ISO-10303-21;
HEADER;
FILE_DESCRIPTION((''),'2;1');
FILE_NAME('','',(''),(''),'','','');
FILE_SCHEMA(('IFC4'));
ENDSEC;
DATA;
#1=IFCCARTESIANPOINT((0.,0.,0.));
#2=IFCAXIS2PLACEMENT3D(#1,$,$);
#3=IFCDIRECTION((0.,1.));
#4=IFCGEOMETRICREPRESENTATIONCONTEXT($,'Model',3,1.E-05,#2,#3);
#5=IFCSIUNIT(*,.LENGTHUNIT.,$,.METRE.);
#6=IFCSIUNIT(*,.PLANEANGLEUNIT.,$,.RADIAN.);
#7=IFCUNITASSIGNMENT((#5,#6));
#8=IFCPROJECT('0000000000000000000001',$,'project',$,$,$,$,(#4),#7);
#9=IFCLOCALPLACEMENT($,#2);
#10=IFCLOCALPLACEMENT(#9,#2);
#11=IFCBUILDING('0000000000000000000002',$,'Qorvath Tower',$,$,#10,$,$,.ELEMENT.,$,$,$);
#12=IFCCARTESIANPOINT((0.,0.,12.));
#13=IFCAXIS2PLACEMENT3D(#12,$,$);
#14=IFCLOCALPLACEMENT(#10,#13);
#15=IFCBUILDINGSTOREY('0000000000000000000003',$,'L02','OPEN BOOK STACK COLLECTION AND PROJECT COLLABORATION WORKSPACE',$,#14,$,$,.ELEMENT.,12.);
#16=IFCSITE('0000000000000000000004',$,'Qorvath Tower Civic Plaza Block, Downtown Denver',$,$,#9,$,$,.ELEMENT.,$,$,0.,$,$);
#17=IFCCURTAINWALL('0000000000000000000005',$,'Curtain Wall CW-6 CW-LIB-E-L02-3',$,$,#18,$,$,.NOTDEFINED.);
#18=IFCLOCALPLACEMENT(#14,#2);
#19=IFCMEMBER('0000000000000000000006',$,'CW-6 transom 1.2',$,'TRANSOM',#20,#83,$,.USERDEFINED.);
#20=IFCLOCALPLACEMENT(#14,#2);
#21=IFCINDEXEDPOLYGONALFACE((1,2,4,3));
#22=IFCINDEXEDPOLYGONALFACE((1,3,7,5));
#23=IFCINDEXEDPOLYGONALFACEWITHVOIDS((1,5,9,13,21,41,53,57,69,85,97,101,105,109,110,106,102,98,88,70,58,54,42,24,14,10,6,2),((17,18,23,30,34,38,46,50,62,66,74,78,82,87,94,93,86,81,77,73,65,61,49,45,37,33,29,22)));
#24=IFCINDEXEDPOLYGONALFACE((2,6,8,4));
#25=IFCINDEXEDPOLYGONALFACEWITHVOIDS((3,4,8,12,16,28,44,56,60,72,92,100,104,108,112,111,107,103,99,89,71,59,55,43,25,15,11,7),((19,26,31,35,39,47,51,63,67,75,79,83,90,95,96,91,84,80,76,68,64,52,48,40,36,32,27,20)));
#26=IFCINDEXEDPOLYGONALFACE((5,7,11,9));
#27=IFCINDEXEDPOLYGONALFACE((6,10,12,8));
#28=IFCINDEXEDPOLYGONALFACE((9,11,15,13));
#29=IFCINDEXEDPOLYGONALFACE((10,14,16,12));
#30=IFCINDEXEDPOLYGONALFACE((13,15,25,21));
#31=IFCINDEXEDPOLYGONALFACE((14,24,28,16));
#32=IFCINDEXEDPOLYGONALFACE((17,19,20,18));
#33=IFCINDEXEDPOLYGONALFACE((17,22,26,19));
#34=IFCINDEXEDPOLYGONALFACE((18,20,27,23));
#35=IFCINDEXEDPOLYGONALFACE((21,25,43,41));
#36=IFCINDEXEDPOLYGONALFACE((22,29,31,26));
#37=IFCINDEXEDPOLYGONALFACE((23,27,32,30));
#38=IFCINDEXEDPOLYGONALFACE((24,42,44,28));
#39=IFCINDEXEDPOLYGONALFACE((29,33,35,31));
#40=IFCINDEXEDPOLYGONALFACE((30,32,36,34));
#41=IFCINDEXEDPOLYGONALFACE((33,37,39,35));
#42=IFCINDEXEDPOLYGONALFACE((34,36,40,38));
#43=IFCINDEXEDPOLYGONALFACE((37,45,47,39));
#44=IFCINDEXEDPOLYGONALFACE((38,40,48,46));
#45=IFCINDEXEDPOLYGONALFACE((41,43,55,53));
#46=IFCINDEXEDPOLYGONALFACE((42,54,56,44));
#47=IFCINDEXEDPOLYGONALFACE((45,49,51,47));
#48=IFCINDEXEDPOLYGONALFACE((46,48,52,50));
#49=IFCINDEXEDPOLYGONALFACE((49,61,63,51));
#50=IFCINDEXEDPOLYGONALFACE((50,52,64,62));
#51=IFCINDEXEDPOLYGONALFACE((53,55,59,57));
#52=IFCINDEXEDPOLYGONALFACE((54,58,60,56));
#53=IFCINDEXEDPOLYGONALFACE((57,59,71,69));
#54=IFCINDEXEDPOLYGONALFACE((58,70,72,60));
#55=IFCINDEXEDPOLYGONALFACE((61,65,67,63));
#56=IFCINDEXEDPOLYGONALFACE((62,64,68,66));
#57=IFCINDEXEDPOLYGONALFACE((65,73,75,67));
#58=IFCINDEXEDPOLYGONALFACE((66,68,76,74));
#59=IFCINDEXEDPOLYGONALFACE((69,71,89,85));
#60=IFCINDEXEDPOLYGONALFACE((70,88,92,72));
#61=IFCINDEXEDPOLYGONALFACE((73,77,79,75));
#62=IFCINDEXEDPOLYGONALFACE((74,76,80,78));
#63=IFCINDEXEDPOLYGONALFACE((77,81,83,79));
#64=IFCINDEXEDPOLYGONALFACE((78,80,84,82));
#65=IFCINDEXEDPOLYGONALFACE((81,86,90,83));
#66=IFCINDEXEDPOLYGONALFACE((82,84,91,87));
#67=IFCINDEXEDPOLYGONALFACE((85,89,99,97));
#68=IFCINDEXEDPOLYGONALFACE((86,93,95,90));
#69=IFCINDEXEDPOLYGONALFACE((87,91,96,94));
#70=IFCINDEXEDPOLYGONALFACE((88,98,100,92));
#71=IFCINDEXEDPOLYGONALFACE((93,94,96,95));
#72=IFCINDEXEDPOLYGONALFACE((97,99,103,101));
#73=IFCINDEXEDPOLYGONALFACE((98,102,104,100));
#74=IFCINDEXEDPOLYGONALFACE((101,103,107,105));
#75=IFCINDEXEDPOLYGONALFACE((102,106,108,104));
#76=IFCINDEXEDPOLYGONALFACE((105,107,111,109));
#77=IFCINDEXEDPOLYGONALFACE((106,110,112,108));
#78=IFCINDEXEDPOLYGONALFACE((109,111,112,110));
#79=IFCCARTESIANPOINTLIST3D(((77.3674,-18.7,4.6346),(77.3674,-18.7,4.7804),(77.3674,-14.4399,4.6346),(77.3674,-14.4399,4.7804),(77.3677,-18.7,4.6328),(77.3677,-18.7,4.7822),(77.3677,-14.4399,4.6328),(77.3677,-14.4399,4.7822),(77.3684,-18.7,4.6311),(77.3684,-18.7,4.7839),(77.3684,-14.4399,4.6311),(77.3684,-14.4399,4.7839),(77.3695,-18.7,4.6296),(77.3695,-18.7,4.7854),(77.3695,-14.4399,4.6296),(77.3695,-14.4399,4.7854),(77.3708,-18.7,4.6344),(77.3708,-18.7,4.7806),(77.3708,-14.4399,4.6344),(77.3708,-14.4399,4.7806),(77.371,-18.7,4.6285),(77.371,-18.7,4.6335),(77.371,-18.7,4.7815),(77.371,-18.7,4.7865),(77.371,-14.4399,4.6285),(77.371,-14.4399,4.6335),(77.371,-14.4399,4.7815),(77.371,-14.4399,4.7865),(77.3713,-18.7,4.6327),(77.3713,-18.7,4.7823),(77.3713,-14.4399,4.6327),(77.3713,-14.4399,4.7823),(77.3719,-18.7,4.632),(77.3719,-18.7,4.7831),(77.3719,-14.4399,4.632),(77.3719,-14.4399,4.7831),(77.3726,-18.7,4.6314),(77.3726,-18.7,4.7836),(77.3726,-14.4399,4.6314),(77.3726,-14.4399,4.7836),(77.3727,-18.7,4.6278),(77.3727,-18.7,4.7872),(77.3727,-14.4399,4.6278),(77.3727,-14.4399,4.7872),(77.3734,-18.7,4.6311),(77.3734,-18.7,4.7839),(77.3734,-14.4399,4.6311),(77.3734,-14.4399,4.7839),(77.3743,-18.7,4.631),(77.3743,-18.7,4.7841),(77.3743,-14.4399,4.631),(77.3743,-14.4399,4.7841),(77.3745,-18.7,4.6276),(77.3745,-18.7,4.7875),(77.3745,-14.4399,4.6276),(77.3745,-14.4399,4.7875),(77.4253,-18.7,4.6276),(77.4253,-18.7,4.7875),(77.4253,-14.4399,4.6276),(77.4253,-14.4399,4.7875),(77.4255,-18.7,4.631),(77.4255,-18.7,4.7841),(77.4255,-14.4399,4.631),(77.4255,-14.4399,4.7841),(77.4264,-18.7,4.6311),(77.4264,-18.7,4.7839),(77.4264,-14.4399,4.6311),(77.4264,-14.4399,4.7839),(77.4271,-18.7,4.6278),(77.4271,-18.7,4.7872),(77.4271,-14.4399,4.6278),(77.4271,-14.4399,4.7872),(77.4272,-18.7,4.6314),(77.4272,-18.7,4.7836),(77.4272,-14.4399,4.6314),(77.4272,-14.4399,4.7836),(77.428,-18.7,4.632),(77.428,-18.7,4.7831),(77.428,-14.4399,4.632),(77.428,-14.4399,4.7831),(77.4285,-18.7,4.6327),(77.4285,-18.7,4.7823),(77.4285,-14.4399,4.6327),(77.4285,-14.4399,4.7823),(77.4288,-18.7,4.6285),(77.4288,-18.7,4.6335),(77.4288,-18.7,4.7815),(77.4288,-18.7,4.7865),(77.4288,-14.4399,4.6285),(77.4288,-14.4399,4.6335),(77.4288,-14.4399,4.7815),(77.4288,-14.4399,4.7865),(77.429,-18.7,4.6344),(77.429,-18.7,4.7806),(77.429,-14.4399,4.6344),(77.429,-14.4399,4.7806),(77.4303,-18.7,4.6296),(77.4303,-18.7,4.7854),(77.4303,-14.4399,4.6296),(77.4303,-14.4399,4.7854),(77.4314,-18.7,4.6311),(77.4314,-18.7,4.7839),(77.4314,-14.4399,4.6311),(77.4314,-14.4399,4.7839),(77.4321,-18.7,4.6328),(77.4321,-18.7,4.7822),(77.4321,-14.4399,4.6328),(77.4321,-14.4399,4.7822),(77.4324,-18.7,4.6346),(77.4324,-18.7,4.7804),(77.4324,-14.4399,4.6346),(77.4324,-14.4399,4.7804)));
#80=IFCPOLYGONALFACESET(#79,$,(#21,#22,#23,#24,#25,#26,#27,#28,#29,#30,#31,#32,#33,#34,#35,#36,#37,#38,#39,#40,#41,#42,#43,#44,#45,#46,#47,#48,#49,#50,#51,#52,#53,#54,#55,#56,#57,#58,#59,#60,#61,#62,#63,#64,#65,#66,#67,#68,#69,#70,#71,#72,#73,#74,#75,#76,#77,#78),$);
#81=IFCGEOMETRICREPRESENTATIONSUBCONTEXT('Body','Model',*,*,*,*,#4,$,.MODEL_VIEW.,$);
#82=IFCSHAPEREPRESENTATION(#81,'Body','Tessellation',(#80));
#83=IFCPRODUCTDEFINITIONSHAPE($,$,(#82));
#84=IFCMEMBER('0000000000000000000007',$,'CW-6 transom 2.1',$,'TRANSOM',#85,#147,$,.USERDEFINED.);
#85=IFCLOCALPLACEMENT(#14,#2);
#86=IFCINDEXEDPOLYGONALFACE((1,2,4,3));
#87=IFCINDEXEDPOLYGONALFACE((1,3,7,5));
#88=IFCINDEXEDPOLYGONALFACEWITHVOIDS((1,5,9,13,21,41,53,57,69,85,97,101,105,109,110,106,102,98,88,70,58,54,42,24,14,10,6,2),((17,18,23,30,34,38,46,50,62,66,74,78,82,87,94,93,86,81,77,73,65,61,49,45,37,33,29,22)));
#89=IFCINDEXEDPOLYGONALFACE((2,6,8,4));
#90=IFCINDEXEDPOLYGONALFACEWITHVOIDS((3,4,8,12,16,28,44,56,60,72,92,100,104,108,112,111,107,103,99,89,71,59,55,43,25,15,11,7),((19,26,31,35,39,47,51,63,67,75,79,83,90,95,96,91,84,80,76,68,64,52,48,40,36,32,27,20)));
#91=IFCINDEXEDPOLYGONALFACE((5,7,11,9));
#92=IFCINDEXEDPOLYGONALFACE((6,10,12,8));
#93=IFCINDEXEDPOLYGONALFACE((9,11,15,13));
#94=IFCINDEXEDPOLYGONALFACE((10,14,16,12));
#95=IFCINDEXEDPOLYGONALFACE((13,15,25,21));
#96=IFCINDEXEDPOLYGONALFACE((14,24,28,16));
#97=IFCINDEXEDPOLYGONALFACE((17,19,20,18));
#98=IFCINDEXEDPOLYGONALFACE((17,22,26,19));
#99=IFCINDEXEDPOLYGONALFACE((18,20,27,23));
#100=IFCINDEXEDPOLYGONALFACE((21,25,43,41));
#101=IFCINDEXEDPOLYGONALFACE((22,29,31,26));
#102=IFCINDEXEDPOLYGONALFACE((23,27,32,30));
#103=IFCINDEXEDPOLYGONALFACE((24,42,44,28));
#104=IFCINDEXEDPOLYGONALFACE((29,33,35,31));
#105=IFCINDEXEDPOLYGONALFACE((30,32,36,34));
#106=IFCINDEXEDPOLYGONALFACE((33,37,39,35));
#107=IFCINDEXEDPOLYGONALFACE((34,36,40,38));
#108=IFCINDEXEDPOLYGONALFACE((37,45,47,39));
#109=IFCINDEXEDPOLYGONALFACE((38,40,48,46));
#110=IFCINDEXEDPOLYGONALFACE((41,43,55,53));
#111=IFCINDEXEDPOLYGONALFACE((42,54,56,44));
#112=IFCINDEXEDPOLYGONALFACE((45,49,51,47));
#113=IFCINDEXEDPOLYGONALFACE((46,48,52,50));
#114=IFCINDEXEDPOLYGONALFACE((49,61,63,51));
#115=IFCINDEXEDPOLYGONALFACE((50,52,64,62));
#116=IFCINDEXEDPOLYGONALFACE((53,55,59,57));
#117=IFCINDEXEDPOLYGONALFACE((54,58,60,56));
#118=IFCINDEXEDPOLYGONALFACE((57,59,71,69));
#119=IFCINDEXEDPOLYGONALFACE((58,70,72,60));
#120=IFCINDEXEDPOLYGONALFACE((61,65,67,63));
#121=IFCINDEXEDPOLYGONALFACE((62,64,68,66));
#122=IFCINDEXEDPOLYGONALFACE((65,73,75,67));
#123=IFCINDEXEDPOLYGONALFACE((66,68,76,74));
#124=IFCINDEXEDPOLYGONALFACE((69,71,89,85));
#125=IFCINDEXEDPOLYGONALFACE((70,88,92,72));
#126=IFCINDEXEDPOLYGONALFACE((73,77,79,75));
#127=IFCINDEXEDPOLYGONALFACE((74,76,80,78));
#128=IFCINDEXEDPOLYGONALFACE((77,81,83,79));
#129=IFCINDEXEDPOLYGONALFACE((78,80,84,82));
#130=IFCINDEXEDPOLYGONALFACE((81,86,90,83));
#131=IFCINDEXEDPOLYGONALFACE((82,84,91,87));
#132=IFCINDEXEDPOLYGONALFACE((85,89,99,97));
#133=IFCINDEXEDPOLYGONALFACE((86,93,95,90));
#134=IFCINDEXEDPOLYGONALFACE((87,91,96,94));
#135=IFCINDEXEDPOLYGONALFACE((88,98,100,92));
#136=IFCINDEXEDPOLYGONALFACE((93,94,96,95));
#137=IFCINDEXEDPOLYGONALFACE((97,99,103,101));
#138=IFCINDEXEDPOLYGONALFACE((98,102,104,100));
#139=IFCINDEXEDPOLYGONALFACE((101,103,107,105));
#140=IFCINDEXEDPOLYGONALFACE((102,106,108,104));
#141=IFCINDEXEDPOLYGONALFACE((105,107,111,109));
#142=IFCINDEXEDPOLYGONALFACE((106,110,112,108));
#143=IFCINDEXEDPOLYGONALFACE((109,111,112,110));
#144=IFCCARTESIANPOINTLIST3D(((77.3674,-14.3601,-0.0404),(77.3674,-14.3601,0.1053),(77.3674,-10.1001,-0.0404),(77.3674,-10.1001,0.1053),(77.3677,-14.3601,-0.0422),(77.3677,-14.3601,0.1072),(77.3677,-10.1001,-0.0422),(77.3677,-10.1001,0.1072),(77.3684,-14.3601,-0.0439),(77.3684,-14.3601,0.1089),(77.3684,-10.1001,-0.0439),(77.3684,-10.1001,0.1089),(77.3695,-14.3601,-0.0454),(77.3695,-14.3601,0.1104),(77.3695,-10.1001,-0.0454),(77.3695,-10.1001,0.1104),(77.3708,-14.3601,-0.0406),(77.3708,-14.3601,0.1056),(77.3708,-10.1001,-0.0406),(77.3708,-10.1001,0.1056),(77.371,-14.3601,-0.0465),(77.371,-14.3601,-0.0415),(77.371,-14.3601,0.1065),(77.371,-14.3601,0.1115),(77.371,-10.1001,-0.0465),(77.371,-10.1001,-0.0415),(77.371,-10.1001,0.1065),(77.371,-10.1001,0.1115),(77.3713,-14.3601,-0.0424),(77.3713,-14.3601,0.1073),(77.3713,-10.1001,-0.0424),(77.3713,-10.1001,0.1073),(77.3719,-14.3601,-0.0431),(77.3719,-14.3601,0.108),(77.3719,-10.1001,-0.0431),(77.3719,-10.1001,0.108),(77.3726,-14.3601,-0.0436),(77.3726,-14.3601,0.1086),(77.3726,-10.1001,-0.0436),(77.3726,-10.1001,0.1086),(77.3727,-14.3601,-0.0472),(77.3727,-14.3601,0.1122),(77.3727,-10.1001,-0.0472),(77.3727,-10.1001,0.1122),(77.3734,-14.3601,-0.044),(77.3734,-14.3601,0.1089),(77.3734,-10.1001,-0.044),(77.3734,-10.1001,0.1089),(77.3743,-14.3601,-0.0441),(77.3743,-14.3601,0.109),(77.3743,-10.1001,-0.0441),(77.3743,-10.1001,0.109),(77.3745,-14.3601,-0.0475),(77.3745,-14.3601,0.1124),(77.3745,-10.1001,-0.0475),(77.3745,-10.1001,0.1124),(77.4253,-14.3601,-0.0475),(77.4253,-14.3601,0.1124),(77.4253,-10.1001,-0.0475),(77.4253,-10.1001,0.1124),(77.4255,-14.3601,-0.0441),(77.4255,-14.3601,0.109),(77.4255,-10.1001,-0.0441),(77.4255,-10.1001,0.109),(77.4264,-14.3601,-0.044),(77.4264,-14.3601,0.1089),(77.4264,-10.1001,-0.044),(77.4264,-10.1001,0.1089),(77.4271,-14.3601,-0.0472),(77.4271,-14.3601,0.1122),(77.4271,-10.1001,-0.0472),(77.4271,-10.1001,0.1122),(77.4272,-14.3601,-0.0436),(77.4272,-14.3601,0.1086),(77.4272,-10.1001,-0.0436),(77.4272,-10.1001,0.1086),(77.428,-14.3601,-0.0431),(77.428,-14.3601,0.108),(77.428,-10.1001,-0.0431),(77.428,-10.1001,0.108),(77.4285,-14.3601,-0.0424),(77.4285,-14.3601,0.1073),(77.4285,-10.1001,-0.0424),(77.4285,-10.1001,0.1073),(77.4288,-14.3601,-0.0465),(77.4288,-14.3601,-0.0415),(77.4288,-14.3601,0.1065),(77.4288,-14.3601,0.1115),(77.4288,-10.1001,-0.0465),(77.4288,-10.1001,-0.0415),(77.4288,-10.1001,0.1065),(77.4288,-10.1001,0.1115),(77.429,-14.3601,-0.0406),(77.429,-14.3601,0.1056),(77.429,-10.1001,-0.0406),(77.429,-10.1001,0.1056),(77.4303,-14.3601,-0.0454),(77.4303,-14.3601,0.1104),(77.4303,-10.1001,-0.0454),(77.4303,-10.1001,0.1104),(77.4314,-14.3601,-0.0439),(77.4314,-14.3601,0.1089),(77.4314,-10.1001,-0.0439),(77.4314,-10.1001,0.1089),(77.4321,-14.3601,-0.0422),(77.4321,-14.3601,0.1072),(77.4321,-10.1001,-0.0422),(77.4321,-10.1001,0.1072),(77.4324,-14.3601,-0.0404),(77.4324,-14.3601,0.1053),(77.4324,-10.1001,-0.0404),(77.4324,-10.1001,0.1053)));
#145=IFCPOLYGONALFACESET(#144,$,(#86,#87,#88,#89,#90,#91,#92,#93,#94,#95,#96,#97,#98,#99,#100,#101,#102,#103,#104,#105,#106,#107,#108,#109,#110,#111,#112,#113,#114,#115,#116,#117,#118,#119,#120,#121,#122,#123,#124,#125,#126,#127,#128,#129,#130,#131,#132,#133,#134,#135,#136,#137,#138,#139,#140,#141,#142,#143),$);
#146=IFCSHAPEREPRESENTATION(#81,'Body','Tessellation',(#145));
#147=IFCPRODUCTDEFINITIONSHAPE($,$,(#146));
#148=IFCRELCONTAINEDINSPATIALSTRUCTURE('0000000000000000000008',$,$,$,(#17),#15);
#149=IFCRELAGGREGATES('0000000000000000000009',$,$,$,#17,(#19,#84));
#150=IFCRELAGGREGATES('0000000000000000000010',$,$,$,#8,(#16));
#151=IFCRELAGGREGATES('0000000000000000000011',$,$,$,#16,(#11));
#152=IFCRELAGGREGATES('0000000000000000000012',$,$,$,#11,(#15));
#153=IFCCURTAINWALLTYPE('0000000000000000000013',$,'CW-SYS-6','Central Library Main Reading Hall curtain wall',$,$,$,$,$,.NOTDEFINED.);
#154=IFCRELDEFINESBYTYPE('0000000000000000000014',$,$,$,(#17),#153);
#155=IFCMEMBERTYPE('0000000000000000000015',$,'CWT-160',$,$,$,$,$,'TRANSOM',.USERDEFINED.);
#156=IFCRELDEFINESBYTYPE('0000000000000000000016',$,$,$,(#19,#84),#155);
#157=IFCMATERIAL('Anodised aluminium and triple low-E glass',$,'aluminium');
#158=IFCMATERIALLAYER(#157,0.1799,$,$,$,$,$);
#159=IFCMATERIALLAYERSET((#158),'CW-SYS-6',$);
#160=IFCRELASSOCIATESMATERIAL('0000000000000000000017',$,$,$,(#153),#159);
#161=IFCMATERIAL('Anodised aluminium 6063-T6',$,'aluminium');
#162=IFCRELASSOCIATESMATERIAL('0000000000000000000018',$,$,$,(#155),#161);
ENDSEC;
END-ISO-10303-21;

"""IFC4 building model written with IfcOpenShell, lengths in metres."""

from ifc_helpers import new_model, si_unit, direction, frame, origin, origin_2d, place, context, subcontext, project, spatial, hollow_rectangle, extrude, material, layer, layer_set, material_profile, profile_set, type_object, element, aggregate, save


model = new_model("IFC4")

# Units and contexts
model_context = context("Model", 3, precision=1e-05, world=origin(), true_north=direction((0.0, 1.0)))
body_context = subcontext(model_context, "Body", "Model", "MODEL_VIEW")
ifc_project = project(units=[si_unit("LENGTHUNIT", "METRE"), si_unit("PLANEANGLEUNIT", "RADIAN")], contexts=[model_context])

# Site, building, storey
site_placement = place(None, origin())
site = spatial("IfcSite", under=ifc_project, at=site_placement, Name="Qorvath Tower Civic Plaza Block, Downtown Denver", CompositionType="ELEMENT", RefElevation=0.0)
building_placement = place(site_placement, origin())
building = spatial("IfcBuilding", under=site, at=building_placement, Name="Qorvath Tower", CompositionType="ELEMENT")
storey_placement = place(building_placement, frame((0.0, 0.0, 12.0)))
storey = spatial("IfcBuildingStorey", under=building, at=storey_placement, Name="L02", Description="OPEN BOOK STACK COLLECTION AND PROJECT COLLABORATION WORKSPACE", CompositionType="ELEMENT", Elevation=12.0)

# Curtain wall, members
ifc_material_1 = material(Name="Anodised aluminium and triple low-E glass", Category="aluminium")
ifc_layer_1 = layer(ifc_material_1, 0.1799)
ifc_layer_set_1 = layer_set([ifc_layer_1], Name="CW-SYS-6")
curtain_wall_type = type_object("IfcCurtainWallType", Name="CW-SYS-6", Description="Central Library Main Reading Hall curtain wall", PredefinedType="NOTDEFINED", material=ifc_layer_set_1)
curtain_wall_placement = place(storey_placement, origin())
curtain_wall = element("IfcCurtainWall", 1, at=curtain_wall_placement, inside=storey, type_object=curtain_wall_type, Name="Curtain Wall CW-6 CW-LIB-E-L02-3", PredefinedType="NOTDEFINED")
ifc_material_2 = material(Name="Anodised aluminium 6063-T6", Category="aluminium")
ifc_material_profile_1 = material_profile(ifc_material_2, hollow_rectangle(XDim=0.0649, YDim=0.1599, WallThickness=0.0034, InnerFilletRadius=0.0034, OuterFilletRadius=0.0071, at=origin_2d()), Name="CWT 160x65")
ifc_profile_set_1 = profile_set([ifc_material_profile_1], Name="Anodised aluminium 6063-T6")
member_type_1 = type_object("IfcMemberType", Name="CWT-160", ElementType="TRANSOM", PredefinedType="USERDEFINED", material=ifc_profile_set_1)
member_1_placement = place(storey_placement, frame((77.3999, -18.7, 4.7075), z_axis=(0.0, 1.0, 0.0), x_axis=(-1.0, 0.0, 0.0)))
member_1 = element("IfcMember", 2, at=member_1_placement, type_object=member_type_1, Name="CW-6 transom 1.2", ObjectType="TRANSOM", PredefinedType="USERDEFINED", context=body_context, shape_type="SweptSolid", body=[
    extrude(hollow_rectangle(XDim=0.0649, YDim=0.1599, WallThickness=0.0034, InnerFilletRadius=0.0034, OuterFilletRadius=0.0071, at=origin_2d()), origin(), (0.0, 0.0, 1.0), 4.26),
])
member_2_placement = place(storey_placement, frame((77.3999, -14.3601, 0.0325), z_axis=(0.0, 1.0, 0.0), x_axis=(-1.0, 0.0, 0.0)))
member_2 = element("IfcMember", 3, at=member_2_placement, type_object=member_type_1, Name="CW-6 transom 2.1", ObjectType="TRANSOM", PredefinedType="USERDEFINED", context=body_context, shape_type="SweptSolid", body=[
    extrude(hollow_rectangle(XDim=0.0649, YDim=0.1599, WallThickness=0.0034, InnerFilletRadius=0.0034, OuterFilletRadius=0.0071, at=origin_2d()), origin(), (0.0, 0.0, 1.0), 4.26),
])
aggregate(curtain_wall, [member_1, member_2])

save(model, "model.ifc")
